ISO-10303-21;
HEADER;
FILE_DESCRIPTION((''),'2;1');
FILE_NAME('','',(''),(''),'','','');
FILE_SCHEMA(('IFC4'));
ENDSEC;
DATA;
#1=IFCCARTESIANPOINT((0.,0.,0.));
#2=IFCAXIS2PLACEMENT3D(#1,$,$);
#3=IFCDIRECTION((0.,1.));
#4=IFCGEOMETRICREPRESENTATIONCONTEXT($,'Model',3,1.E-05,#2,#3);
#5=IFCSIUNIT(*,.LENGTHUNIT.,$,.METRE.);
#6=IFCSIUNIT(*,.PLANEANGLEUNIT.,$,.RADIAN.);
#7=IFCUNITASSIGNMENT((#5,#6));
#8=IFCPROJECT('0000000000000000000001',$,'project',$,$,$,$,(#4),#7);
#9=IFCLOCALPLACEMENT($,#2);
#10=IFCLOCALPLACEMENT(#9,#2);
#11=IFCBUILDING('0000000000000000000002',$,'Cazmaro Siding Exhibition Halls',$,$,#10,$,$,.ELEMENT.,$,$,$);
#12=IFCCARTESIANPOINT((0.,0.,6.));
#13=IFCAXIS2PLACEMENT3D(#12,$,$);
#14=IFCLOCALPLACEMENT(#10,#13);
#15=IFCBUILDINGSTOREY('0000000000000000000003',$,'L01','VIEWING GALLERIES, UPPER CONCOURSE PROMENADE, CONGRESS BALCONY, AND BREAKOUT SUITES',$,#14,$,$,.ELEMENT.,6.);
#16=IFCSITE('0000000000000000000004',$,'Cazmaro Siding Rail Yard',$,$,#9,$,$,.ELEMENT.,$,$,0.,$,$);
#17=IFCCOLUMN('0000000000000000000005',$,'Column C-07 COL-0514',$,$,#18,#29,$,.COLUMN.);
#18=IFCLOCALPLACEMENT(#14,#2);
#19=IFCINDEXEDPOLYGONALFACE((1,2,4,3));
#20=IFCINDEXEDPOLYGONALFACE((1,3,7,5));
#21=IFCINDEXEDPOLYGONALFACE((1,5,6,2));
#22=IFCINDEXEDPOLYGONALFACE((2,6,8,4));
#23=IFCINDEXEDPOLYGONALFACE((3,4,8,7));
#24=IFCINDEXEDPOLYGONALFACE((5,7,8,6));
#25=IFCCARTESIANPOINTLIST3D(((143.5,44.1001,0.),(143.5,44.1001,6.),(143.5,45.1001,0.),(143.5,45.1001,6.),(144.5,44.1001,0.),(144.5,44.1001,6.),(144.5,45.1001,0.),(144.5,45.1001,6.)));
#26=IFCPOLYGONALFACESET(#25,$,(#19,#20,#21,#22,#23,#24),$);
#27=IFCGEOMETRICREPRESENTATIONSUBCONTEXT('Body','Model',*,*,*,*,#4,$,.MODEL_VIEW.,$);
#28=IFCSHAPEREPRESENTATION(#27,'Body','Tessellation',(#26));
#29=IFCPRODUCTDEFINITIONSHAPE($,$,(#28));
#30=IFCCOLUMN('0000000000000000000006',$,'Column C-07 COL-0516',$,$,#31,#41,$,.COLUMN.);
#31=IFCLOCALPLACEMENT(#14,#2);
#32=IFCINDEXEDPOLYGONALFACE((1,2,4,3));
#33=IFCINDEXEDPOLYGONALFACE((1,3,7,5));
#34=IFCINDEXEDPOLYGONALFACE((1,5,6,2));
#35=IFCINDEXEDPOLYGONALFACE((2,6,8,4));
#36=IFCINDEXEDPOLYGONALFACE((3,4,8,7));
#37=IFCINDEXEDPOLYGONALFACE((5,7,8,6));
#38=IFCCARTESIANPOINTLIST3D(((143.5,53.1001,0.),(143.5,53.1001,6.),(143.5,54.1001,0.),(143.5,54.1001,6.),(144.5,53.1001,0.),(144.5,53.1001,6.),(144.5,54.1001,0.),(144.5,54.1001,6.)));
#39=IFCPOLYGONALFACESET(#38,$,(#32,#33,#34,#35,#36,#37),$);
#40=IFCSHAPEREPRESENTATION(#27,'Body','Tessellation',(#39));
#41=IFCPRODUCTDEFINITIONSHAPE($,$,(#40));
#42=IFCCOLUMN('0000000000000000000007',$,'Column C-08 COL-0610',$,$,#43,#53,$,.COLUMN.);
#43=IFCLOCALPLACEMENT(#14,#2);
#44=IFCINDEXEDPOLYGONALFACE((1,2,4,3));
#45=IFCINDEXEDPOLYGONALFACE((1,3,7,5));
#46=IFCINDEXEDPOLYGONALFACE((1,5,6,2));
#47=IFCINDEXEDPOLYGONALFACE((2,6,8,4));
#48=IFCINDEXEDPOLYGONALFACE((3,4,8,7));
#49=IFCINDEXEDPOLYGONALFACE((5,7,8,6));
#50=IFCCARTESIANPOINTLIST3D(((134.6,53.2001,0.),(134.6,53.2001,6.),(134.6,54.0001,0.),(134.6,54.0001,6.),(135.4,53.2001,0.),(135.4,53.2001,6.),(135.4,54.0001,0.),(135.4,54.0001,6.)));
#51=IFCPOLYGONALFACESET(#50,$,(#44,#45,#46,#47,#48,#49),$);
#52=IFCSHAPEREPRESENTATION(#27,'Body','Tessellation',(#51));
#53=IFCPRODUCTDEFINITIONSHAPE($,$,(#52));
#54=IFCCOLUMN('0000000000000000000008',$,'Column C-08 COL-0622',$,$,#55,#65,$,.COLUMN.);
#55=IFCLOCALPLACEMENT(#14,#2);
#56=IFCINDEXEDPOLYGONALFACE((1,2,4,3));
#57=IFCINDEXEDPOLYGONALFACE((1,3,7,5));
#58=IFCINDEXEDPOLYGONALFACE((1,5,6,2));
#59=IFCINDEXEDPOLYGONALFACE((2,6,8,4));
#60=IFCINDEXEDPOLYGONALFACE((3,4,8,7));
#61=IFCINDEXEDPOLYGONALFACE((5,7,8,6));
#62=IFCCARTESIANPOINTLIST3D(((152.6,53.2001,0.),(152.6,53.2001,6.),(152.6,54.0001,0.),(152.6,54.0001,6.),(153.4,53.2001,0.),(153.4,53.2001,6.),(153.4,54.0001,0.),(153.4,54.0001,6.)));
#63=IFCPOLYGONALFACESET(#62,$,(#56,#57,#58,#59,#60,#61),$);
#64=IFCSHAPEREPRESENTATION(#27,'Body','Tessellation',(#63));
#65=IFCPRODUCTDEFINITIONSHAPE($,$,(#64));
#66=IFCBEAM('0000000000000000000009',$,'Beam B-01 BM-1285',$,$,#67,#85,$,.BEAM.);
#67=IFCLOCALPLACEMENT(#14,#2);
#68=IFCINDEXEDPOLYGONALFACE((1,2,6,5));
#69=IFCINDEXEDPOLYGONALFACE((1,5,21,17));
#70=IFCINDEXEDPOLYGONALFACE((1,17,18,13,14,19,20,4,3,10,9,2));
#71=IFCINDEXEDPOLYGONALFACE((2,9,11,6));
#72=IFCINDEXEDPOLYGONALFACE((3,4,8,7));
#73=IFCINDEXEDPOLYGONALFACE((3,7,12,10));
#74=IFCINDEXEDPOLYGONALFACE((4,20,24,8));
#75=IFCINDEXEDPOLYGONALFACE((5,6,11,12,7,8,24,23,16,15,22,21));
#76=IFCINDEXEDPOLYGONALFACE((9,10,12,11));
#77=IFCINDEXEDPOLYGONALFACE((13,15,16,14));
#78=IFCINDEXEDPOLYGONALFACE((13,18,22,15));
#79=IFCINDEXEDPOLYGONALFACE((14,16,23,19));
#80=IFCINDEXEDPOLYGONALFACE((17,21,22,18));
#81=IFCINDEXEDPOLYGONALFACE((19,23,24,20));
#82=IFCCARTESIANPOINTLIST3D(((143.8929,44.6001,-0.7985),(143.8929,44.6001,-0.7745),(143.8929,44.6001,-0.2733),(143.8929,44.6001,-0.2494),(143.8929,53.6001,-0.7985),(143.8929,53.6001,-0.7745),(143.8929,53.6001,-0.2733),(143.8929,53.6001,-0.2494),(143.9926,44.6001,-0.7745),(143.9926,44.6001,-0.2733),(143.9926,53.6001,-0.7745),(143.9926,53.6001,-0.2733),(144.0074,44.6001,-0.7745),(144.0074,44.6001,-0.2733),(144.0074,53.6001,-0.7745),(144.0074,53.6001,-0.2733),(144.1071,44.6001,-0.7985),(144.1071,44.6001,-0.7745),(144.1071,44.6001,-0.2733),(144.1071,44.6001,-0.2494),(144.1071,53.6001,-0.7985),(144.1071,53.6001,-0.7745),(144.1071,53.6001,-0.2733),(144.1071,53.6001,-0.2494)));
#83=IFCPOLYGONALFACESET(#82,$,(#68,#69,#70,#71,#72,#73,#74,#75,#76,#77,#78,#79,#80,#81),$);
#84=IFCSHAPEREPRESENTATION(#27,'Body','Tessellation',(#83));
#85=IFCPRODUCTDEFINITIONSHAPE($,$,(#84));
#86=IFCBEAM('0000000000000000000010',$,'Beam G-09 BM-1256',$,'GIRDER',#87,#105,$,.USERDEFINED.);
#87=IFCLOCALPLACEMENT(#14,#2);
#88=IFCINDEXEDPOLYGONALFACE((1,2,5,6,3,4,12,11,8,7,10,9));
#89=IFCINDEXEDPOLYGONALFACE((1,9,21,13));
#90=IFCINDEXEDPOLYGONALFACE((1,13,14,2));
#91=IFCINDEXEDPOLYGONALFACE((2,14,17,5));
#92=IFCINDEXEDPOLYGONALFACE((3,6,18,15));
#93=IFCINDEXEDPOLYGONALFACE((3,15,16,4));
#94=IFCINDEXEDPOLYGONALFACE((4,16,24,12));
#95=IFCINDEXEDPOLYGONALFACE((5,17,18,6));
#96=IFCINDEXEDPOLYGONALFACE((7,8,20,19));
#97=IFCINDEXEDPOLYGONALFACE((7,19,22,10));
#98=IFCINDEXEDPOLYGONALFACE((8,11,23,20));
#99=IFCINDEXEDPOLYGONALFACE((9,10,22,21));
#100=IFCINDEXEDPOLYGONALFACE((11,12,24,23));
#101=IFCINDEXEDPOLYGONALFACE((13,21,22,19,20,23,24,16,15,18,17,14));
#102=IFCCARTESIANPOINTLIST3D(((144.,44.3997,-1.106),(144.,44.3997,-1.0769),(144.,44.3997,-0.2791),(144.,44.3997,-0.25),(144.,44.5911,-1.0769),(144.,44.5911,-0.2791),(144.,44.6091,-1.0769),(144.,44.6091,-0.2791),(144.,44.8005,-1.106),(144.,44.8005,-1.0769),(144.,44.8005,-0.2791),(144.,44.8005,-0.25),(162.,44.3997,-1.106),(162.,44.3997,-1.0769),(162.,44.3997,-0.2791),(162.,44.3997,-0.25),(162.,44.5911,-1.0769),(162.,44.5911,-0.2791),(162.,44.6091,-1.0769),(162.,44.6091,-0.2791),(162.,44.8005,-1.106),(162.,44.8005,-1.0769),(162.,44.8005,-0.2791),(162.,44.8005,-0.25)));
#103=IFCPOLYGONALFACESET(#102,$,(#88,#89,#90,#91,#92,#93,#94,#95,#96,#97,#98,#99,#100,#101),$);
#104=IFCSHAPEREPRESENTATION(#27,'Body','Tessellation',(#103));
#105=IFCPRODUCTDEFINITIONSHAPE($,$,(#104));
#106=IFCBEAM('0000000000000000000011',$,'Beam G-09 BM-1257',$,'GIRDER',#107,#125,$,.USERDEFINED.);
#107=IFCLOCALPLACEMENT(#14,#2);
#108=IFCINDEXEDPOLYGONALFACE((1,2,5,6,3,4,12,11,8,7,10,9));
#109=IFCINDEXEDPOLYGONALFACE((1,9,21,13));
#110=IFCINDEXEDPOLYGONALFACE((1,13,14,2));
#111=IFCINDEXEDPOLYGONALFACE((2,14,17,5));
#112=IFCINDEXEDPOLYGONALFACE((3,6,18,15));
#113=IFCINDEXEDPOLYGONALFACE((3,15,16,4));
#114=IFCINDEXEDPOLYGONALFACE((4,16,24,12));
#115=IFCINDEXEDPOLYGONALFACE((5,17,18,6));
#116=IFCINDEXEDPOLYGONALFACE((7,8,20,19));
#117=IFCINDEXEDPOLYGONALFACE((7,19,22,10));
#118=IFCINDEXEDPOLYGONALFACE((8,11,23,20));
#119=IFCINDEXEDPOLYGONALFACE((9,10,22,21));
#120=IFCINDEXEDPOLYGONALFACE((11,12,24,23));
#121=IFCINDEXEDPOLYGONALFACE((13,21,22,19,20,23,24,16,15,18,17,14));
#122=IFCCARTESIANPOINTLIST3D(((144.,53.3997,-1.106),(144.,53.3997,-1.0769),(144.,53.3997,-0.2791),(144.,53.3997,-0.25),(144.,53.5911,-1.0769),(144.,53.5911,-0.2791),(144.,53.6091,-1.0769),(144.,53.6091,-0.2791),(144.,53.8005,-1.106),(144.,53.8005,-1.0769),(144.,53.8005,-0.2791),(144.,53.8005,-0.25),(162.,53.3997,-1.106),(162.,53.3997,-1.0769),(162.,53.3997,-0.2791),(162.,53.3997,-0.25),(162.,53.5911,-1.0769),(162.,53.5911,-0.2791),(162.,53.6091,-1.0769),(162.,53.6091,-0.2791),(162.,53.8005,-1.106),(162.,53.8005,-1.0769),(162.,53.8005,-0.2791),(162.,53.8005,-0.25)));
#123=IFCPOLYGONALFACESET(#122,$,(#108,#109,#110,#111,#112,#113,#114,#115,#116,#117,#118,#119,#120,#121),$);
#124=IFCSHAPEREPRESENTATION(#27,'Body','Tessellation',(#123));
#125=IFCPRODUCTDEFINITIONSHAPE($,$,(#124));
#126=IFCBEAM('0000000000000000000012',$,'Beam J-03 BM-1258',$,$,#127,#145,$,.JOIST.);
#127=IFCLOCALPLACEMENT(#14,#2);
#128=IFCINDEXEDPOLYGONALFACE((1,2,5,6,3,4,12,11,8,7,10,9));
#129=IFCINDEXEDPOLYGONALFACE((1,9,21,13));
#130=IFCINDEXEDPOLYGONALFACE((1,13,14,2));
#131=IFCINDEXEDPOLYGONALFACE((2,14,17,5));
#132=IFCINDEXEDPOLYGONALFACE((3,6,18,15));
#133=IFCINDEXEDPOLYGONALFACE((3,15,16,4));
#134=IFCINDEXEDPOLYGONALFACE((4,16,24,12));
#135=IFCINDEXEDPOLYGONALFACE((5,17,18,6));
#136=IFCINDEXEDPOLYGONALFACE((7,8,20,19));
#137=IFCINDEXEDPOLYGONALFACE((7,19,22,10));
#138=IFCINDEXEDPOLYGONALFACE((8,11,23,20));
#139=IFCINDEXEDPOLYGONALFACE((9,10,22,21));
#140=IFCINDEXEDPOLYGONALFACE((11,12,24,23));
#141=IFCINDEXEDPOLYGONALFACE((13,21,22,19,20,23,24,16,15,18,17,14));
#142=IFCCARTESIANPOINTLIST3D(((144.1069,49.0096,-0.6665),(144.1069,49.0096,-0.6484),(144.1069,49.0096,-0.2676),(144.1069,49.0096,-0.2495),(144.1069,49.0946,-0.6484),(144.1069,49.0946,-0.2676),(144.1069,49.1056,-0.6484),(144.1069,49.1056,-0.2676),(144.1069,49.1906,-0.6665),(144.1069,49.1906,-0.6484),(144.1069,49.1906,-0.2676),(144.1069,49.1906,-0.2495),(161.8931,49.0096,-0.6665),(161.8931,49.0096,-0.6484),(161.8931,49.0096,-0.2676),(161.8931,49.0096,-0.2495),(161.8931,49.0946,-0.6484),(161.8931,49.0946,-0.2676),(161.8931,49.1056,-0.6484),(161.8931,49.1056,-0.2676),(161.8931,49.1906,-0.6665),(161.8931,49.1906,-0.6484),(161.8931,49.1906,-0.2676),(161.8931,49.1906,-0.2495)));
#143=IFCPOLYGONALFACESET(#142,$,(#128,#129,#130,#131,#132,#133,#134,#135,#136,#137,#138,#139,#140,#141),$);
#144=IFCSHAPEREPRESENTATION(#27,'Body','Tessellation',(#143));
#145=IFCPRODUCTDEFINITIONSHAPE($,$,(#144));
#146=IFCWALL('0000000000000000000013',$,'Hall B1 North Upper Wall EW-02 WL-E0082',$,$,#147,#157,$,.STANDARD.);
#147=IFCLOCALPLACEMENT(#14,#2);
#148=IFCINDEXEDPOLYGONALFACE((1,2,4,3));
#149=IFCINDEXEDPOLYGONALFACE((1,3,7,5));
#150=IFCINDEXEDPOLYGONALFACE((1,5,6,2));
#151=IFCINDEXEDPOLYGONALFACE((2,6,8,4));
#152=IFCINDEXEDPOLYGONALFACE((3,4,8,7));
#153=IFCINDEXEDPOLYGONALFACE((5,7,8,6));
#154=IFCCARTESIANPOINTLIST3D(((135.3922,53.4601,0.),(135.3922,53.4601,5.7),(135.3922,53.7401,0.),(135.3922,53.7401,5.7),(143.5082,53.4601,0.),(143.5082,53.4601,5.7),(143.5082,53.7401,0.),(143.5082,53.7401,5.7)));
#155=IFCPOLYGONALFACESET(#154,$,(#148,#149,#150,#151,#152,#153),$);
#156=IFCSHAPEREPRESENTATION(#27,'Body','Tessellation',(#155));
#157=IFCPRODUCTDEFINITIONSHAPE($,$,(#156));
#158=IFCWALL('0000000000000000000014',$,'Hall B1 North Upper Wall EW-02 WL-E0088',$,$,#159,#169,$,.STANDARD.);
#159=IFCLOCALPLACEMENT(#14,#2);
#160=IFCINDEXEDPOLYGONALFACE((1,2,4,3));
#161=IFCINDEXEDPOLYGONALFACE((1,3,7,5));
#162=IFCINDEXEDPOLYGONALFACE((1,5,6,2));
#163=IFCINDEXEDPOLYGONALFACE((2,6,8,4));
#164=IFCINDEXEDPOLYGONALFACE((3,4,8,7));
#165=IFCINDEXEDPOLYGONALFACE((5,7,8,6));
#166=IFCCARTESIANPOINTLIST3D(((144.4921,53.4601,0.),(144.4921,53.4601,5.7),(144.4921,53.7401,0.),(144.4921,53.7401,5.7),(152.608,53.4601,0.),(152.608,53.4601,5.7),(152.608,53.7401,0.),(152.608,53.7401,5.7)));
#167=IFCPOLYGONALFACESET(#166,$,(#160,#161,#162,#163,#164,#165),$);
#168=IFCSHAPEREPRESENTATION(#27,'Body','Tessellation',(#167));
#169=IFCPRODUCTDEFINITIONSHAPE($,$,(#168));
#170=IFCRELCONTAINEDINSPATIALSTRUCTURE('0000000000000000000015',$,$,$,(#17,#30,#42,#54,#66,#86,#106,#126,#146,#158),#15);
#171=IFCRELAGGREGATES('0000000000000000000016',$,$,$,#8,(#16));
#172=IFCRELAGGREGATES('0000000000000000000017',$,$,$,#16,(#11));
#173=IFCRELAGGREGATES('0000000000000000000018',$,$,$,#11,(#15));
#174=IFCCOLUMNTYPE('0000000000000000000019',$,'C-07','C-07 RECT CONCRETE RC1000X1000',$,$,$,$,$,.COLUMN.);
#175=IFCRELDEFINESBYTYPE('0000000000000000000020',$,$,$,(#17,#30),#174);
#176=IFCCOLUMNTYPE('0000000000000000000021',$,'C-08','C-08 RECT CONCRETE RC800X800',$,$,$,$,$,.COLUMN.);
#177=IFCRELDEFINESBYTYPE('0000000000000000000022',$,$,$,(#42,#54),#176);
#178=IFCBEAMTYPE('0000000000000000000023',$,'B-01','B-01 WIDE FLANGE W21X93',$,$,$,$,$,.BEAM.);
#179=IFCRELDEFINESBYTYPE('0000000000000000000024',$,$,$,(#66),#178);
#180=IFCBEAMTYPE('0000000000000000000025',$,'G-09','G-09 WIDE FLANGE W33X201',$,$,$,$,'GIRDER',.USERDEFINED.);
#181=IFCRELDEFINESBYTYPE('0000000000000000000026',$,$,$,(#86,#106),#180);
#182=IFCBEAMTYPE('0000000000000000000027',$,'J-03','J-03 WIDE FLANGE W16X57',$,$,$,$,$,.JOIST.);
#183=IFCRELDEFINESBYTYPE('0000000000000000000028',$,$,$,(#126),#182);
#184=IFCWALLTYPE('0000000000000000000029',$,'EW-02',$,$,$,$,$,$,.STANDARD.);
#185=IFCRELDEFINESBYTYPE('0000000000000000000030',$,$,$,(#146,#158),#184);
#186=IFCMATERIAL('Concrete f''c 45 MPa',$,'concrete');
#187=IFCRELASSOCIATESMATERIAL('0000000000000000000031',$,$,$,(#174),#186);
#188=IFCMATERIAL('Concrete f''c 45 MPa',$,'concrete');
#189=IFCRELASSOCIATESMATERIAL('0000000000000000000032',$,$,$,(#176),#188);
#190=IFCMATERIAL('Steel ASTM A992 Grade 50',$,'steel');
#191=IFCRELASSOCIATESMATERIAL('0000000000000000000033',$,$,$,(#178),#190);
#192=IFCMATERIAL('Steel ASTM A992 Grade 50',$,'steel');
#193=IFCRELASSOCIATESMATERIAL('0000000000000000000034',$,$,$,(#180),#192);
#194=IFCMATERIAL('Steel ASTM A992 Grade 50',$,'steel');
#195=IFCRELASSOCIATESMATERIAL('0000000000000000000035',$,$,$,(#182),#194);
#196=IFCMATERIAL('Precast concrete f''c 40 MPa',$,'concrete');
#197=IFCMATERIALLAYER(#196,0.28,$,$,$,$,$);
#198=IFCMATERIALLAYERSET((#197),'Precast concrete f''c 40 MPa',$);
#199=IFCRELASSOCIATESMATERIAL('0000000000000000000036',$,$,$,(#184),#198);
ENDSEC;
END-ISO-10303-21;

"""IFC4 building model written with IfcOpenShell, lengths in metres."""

from ifc_helpers import new_model, si_unit, direction, frame, frame_2d, origin, origin_2d, place, context, subcontext, project, spatial, rectangle, i_section, extrude, material, layer, layer_set, material_profile, profile_set, type_object, element, save


model = new_model("IFC4")

# Units and contexts
model_context = context("Model", 3, precision=1e-05, world=origin(), true_north=direction((0.0, 1.0)))
body_context = subcontext(model_context, "Body", "Model", "MODEL_VIEW")
ifc_project = project(units=[si_unit("LENGTHUNIT", "METRE"), si_unit("PLANEANGLEUNIT", "RADIAN")], contexts=[model_context])

# Site, building, storey
site_placement = place(None, origin())
site = spatial("IfcSite", under=ifc_project, at=site_placement, Name="Cazmaro Siding Rail Yard", CompositionType="ELEMENT", RefElevation=0.0)
building_placement = place(site_placement, origin())
building = spatial("IfcBuilding", under=site, at=building_placement, Name="Cazmaro Siding Exhibition Halls", CompositionType="ELEMENT")
storey_placement = place(building_placement, frame((0.0, 0.0, 6.0)))
storey = spatial("IfcBuildingStorey", under=building, at=storey_placement, Name="L01", Description="VIEWING GALLERIES, UPPER CONCOURSE PROMENADE, CONGRESS BALCONY, AND BREAKOUT SUITES", CompositionType="ELEMENT", Elevation=6.0)

# Columns
ifc_material_1 = material(Name="Concrete f'c 45 MPa", Category="concrete")
ifc_material_profile_1 = material_profile(ifc_material_1, rectangle(XDim=1.0, YDim=1.0, at=origin_2d()), Name="RC1000X1000")
ifc_profile_set_1 = profile_set([ifc_material_profile_1], Name="Concrete f'c 45 MPa")
column_type_1 = type_object("IfcColumnType", Name="C-07", Description="C-07 RECT CONCRETE RC1000X1000", PredefinedType="COLUMN", material=ifc_profile_set_1)
for number, where, z_axis, x_axis, name in (
    (1, (144.0, 44.6001, 0.0), (0.0, 0.0, 1.0), (1.0, 0.0, 0.0), "Column C-07 COL-0514"),
    (2, (144.0, 53.6001, 0.0), (0.0, 0.0, 1.0), (1.0, 0.0, 0.0), "Column C-07 COL-0516"),
):
    element("IfcColumn", number, at=place(storey_placement, frame(where, z_axis=z_axis, x_axis=x_axis)), inside=storey, type_object=column_type_1, Name=name, PredefinedType="COLUMN", context=body_context, shape_type="SweptSolid", body=[
        extrude(rectangle(XDim=1.0, YDim=1.0, at=origin_2d()), origin(), (0.0, 0.0, 1.0), 6.0),
    ])
ifc_material_2 = material(Name="Concrete f'c 45 MPa", Category="concrete")
ifc_material_profile_2 = material_profile(ifc_material_2, rectangle(XDim=0.8, YDim=0.8, at=origin_2d()), Name="RC800X800")
ifc_profile_set_2 = profile_set([ifc_material_profile_2], Name="Concrete f'c 45 MPa")
column_type_2 = type_object("IfcColumnType", Name="C-08", Description="C-08 RECT CONCRETE RC800X800", PredefinedType="COLUMN", material=ifc_profile_set_2)
for number, where, z_axis, x_axis, name in (
    (3, (135.0, 53.6001, 0.0), (0.0, 0.0, 1.0), (1.0, 0.0, 0.0), "Column C-08 COL-0610"),
    (4, (153.0, 53.6001, 0.0), (0.0, 0.0, 1.0), (1.0, 0.0, 0.0), "Column C-08 COL-0622"),
):
    element("IfcColumn", number, at=place(storey_placement, frame(where, z_axis=z_axis, x_axis=x_axis)), inside=storey, type_object=column_type_2, Name=name, PredefinedType="COLUMN", context=body_context, shape_type="SweptSolid", body=[
        extrude(rectangle(XDim=0.8, YDim=0.8, at=origin_2d()), origin(), (0.0, 0.0, 1.0), 6.0),
    ])

# Beams
ifc_material_3 = material(Name="Steel ASTM A992 Grade 50", Category="steel")
ifc_material_profile_3 = material_profile(ifc_material_3, i_section(OverallWidth=0.2141, OverallDepth=0.5491, WebThickness=0.0149, FlangeThickness=0.0239, at=origin_2d()), Name="W21X93")
ifc_profile_set_3 = profile_set([ifc_material_profile_3], Name="Steel ASTM A992 Grade 50")
beam_type_1 = type_object("IfcBeamType", Name="B-01", Description="B-01 WIDE FLANGE W21X93", PredefinedType="BEAM", material=ifc_profile_set_3)
beam_1_placement = place(storey_placement, frame((144.0, 44.6001, -0.5239), z_axis=(0.0, 1.0, 0.0), x_axis=(-1.0, 0.0, 0.0)))
element("IfcBeam", 5, at=beam_1_placement, inside=storey, type_object=beam_type_1, Name="Beam B-01 BM-1285", PredefinedType="BEAM", context=body_context, shape_type="SweptSolid", body=[
    extrude(i_section(OverallWidth=0.2141, OverallDepth=0.5491, WebThickness=0.0149, FlangeThickness=0.0239, at=origin_2d()), origin(), (0.0, 0.0, 1.0), 9.0),
])
ifc_material_4 = material(Name="Steel ASTM A992 Grade 50", Category="steel")
ifc_material_profile_4 = material_profile(ifc_material_4, i_section(OverallWidth=0.4009, OverallDepth=0.856, WebThickness=0.0181, FlangeThickness=0.0291, at=origin_2d()), Name="W33X201")
ifc_profile_set_4 = profile_set([ifc_material_profile_4], Name="Steel ASTM A992 Grade 50")
beam_type_2 = type_object("IfcBeamType", Name="G-09", Description="G-09 WIDE FLANGE W33X201", ElementType="GIRDER", PredefinedType="USERDEFINED", material=ifc_profile_set_4)
for number, where, z_axis, x_axis, name in (
    (6, (144.0, 44.6001, -0.678), (1.0, 0.0, 0.0), (0.0, 1.0, 0.0), "Beam G-09 BM-1256"),
    (7, (144.0, 53.6001, -0.678), (1.0, 0.0, 0.0), (0.0, 1.0, 0.0), "Beam G-09 BM-1257"),
):
    element("IfcBeam", number, at=place(storey_placement, frame(where, z_axis=z_axis, x_axis=x_axis)), inside=storey, type_object=beam_type_2, Name=name, ObjectType="GIRDER", PredefinedType="USERDEFINED", context=body_context, shape_type="SweptSolid", body=[
        extrude(i_section(OverallWidth=0.4009, OverallDepth=0.856, WebThickness=0.0181, FlangeThickness=0.0291, at=origin_2d()), origin(), (0.0, 0.0, 1.0), 18.0),
    ])
ifc_material_5 = material(Name="Steel ASTM A992 Grade 50", Category="steel")
ifc_material_profile_5 = material_profile(ifc_material_5, i_section(OverallWidth=0.1809, OverallDepth=0.417, WebThickness=0.011, FlangeThickness=0.0181, at=origin_2d()), Name="W16X57")
ifc_profile_set_5 = profile_set([ifc_material_profile_5], Name="Steel ASTM A992 Grade 50")
beam_type_3 = type_object("IfcBeamType", Name="J-03", Description="J-03 WIDE FLANGE W16X57", PredefinedType="JOIST", material=ifc_profile_set_5)
beam_2_placement = place(storey_placement, frame((144.1069, 49.1001, -0.458), z_axis=(1.0, 0.0, 0.0), x_axis=(0.0, 1.0, 0.0)))
element("IfcBeam", 8, at=beam_2_placement, inside=storey, type_object=beam_type_3, Name="Beam J-03 BM-1258", PredefinedType="JOIST", context=body_context, shape_type="SweptSolid", body=[
    extrude(i_section(OverallWidth=0.1809, OverallDepth=0.417, WebThickness=0.011, FlangeThickness=0.0181, at=origin_2d()), origin(), (0.0, 0.0, 1.0), 17.7861),
])

# Walls
ifc_material_6 = material(Name="Precast concrete f'c 40 MPa", Category="concrete")
ifc_layer_1 = layer(ifc_material_6, 0.28)
ifc_layer_set_1 = layer_set([ifc_layer_1], Name="Precast concrete f'c 40 MPa")
wall_type_1 = type_object("IfcWallType", Name="EW-02", PredefinedType="STANDARD", material=ifc_layer_set_1)
for number, where, z_axis, x_axis, name in (
    (9, (135.3921, 53.6001, 0.0), (0.0, 0.0, 1.0), (1.0, 0.0, 0.0), "Hall B1 North Upper Wall EW-02 WL-E0082"),
    (10, (144.4919, 53.6001, 0.0), (0.0, 0.0, 1.0), (1.0, 0.0, 0.0), "Hall B1 North Upper Wall EW-02 WL-E0088"),
):
    element("IfcWall", number, at=place(storey_placement, frame(where, z_axis=z_axis, x_axis=x_axis)), inside=storey, type_object=wall_type_1, Name=name, PredefinedType="STANDARD", context=body_context, shape_type="SweptSolid", body=[
        extrude(rectangle(XDim=8.116, YDim=0.28, at=frame_2d((4.0581, 0.0))), origin(), (0.0, 0.0, 1.0), 5.7),
    ])

save(model, "model.ifc")
